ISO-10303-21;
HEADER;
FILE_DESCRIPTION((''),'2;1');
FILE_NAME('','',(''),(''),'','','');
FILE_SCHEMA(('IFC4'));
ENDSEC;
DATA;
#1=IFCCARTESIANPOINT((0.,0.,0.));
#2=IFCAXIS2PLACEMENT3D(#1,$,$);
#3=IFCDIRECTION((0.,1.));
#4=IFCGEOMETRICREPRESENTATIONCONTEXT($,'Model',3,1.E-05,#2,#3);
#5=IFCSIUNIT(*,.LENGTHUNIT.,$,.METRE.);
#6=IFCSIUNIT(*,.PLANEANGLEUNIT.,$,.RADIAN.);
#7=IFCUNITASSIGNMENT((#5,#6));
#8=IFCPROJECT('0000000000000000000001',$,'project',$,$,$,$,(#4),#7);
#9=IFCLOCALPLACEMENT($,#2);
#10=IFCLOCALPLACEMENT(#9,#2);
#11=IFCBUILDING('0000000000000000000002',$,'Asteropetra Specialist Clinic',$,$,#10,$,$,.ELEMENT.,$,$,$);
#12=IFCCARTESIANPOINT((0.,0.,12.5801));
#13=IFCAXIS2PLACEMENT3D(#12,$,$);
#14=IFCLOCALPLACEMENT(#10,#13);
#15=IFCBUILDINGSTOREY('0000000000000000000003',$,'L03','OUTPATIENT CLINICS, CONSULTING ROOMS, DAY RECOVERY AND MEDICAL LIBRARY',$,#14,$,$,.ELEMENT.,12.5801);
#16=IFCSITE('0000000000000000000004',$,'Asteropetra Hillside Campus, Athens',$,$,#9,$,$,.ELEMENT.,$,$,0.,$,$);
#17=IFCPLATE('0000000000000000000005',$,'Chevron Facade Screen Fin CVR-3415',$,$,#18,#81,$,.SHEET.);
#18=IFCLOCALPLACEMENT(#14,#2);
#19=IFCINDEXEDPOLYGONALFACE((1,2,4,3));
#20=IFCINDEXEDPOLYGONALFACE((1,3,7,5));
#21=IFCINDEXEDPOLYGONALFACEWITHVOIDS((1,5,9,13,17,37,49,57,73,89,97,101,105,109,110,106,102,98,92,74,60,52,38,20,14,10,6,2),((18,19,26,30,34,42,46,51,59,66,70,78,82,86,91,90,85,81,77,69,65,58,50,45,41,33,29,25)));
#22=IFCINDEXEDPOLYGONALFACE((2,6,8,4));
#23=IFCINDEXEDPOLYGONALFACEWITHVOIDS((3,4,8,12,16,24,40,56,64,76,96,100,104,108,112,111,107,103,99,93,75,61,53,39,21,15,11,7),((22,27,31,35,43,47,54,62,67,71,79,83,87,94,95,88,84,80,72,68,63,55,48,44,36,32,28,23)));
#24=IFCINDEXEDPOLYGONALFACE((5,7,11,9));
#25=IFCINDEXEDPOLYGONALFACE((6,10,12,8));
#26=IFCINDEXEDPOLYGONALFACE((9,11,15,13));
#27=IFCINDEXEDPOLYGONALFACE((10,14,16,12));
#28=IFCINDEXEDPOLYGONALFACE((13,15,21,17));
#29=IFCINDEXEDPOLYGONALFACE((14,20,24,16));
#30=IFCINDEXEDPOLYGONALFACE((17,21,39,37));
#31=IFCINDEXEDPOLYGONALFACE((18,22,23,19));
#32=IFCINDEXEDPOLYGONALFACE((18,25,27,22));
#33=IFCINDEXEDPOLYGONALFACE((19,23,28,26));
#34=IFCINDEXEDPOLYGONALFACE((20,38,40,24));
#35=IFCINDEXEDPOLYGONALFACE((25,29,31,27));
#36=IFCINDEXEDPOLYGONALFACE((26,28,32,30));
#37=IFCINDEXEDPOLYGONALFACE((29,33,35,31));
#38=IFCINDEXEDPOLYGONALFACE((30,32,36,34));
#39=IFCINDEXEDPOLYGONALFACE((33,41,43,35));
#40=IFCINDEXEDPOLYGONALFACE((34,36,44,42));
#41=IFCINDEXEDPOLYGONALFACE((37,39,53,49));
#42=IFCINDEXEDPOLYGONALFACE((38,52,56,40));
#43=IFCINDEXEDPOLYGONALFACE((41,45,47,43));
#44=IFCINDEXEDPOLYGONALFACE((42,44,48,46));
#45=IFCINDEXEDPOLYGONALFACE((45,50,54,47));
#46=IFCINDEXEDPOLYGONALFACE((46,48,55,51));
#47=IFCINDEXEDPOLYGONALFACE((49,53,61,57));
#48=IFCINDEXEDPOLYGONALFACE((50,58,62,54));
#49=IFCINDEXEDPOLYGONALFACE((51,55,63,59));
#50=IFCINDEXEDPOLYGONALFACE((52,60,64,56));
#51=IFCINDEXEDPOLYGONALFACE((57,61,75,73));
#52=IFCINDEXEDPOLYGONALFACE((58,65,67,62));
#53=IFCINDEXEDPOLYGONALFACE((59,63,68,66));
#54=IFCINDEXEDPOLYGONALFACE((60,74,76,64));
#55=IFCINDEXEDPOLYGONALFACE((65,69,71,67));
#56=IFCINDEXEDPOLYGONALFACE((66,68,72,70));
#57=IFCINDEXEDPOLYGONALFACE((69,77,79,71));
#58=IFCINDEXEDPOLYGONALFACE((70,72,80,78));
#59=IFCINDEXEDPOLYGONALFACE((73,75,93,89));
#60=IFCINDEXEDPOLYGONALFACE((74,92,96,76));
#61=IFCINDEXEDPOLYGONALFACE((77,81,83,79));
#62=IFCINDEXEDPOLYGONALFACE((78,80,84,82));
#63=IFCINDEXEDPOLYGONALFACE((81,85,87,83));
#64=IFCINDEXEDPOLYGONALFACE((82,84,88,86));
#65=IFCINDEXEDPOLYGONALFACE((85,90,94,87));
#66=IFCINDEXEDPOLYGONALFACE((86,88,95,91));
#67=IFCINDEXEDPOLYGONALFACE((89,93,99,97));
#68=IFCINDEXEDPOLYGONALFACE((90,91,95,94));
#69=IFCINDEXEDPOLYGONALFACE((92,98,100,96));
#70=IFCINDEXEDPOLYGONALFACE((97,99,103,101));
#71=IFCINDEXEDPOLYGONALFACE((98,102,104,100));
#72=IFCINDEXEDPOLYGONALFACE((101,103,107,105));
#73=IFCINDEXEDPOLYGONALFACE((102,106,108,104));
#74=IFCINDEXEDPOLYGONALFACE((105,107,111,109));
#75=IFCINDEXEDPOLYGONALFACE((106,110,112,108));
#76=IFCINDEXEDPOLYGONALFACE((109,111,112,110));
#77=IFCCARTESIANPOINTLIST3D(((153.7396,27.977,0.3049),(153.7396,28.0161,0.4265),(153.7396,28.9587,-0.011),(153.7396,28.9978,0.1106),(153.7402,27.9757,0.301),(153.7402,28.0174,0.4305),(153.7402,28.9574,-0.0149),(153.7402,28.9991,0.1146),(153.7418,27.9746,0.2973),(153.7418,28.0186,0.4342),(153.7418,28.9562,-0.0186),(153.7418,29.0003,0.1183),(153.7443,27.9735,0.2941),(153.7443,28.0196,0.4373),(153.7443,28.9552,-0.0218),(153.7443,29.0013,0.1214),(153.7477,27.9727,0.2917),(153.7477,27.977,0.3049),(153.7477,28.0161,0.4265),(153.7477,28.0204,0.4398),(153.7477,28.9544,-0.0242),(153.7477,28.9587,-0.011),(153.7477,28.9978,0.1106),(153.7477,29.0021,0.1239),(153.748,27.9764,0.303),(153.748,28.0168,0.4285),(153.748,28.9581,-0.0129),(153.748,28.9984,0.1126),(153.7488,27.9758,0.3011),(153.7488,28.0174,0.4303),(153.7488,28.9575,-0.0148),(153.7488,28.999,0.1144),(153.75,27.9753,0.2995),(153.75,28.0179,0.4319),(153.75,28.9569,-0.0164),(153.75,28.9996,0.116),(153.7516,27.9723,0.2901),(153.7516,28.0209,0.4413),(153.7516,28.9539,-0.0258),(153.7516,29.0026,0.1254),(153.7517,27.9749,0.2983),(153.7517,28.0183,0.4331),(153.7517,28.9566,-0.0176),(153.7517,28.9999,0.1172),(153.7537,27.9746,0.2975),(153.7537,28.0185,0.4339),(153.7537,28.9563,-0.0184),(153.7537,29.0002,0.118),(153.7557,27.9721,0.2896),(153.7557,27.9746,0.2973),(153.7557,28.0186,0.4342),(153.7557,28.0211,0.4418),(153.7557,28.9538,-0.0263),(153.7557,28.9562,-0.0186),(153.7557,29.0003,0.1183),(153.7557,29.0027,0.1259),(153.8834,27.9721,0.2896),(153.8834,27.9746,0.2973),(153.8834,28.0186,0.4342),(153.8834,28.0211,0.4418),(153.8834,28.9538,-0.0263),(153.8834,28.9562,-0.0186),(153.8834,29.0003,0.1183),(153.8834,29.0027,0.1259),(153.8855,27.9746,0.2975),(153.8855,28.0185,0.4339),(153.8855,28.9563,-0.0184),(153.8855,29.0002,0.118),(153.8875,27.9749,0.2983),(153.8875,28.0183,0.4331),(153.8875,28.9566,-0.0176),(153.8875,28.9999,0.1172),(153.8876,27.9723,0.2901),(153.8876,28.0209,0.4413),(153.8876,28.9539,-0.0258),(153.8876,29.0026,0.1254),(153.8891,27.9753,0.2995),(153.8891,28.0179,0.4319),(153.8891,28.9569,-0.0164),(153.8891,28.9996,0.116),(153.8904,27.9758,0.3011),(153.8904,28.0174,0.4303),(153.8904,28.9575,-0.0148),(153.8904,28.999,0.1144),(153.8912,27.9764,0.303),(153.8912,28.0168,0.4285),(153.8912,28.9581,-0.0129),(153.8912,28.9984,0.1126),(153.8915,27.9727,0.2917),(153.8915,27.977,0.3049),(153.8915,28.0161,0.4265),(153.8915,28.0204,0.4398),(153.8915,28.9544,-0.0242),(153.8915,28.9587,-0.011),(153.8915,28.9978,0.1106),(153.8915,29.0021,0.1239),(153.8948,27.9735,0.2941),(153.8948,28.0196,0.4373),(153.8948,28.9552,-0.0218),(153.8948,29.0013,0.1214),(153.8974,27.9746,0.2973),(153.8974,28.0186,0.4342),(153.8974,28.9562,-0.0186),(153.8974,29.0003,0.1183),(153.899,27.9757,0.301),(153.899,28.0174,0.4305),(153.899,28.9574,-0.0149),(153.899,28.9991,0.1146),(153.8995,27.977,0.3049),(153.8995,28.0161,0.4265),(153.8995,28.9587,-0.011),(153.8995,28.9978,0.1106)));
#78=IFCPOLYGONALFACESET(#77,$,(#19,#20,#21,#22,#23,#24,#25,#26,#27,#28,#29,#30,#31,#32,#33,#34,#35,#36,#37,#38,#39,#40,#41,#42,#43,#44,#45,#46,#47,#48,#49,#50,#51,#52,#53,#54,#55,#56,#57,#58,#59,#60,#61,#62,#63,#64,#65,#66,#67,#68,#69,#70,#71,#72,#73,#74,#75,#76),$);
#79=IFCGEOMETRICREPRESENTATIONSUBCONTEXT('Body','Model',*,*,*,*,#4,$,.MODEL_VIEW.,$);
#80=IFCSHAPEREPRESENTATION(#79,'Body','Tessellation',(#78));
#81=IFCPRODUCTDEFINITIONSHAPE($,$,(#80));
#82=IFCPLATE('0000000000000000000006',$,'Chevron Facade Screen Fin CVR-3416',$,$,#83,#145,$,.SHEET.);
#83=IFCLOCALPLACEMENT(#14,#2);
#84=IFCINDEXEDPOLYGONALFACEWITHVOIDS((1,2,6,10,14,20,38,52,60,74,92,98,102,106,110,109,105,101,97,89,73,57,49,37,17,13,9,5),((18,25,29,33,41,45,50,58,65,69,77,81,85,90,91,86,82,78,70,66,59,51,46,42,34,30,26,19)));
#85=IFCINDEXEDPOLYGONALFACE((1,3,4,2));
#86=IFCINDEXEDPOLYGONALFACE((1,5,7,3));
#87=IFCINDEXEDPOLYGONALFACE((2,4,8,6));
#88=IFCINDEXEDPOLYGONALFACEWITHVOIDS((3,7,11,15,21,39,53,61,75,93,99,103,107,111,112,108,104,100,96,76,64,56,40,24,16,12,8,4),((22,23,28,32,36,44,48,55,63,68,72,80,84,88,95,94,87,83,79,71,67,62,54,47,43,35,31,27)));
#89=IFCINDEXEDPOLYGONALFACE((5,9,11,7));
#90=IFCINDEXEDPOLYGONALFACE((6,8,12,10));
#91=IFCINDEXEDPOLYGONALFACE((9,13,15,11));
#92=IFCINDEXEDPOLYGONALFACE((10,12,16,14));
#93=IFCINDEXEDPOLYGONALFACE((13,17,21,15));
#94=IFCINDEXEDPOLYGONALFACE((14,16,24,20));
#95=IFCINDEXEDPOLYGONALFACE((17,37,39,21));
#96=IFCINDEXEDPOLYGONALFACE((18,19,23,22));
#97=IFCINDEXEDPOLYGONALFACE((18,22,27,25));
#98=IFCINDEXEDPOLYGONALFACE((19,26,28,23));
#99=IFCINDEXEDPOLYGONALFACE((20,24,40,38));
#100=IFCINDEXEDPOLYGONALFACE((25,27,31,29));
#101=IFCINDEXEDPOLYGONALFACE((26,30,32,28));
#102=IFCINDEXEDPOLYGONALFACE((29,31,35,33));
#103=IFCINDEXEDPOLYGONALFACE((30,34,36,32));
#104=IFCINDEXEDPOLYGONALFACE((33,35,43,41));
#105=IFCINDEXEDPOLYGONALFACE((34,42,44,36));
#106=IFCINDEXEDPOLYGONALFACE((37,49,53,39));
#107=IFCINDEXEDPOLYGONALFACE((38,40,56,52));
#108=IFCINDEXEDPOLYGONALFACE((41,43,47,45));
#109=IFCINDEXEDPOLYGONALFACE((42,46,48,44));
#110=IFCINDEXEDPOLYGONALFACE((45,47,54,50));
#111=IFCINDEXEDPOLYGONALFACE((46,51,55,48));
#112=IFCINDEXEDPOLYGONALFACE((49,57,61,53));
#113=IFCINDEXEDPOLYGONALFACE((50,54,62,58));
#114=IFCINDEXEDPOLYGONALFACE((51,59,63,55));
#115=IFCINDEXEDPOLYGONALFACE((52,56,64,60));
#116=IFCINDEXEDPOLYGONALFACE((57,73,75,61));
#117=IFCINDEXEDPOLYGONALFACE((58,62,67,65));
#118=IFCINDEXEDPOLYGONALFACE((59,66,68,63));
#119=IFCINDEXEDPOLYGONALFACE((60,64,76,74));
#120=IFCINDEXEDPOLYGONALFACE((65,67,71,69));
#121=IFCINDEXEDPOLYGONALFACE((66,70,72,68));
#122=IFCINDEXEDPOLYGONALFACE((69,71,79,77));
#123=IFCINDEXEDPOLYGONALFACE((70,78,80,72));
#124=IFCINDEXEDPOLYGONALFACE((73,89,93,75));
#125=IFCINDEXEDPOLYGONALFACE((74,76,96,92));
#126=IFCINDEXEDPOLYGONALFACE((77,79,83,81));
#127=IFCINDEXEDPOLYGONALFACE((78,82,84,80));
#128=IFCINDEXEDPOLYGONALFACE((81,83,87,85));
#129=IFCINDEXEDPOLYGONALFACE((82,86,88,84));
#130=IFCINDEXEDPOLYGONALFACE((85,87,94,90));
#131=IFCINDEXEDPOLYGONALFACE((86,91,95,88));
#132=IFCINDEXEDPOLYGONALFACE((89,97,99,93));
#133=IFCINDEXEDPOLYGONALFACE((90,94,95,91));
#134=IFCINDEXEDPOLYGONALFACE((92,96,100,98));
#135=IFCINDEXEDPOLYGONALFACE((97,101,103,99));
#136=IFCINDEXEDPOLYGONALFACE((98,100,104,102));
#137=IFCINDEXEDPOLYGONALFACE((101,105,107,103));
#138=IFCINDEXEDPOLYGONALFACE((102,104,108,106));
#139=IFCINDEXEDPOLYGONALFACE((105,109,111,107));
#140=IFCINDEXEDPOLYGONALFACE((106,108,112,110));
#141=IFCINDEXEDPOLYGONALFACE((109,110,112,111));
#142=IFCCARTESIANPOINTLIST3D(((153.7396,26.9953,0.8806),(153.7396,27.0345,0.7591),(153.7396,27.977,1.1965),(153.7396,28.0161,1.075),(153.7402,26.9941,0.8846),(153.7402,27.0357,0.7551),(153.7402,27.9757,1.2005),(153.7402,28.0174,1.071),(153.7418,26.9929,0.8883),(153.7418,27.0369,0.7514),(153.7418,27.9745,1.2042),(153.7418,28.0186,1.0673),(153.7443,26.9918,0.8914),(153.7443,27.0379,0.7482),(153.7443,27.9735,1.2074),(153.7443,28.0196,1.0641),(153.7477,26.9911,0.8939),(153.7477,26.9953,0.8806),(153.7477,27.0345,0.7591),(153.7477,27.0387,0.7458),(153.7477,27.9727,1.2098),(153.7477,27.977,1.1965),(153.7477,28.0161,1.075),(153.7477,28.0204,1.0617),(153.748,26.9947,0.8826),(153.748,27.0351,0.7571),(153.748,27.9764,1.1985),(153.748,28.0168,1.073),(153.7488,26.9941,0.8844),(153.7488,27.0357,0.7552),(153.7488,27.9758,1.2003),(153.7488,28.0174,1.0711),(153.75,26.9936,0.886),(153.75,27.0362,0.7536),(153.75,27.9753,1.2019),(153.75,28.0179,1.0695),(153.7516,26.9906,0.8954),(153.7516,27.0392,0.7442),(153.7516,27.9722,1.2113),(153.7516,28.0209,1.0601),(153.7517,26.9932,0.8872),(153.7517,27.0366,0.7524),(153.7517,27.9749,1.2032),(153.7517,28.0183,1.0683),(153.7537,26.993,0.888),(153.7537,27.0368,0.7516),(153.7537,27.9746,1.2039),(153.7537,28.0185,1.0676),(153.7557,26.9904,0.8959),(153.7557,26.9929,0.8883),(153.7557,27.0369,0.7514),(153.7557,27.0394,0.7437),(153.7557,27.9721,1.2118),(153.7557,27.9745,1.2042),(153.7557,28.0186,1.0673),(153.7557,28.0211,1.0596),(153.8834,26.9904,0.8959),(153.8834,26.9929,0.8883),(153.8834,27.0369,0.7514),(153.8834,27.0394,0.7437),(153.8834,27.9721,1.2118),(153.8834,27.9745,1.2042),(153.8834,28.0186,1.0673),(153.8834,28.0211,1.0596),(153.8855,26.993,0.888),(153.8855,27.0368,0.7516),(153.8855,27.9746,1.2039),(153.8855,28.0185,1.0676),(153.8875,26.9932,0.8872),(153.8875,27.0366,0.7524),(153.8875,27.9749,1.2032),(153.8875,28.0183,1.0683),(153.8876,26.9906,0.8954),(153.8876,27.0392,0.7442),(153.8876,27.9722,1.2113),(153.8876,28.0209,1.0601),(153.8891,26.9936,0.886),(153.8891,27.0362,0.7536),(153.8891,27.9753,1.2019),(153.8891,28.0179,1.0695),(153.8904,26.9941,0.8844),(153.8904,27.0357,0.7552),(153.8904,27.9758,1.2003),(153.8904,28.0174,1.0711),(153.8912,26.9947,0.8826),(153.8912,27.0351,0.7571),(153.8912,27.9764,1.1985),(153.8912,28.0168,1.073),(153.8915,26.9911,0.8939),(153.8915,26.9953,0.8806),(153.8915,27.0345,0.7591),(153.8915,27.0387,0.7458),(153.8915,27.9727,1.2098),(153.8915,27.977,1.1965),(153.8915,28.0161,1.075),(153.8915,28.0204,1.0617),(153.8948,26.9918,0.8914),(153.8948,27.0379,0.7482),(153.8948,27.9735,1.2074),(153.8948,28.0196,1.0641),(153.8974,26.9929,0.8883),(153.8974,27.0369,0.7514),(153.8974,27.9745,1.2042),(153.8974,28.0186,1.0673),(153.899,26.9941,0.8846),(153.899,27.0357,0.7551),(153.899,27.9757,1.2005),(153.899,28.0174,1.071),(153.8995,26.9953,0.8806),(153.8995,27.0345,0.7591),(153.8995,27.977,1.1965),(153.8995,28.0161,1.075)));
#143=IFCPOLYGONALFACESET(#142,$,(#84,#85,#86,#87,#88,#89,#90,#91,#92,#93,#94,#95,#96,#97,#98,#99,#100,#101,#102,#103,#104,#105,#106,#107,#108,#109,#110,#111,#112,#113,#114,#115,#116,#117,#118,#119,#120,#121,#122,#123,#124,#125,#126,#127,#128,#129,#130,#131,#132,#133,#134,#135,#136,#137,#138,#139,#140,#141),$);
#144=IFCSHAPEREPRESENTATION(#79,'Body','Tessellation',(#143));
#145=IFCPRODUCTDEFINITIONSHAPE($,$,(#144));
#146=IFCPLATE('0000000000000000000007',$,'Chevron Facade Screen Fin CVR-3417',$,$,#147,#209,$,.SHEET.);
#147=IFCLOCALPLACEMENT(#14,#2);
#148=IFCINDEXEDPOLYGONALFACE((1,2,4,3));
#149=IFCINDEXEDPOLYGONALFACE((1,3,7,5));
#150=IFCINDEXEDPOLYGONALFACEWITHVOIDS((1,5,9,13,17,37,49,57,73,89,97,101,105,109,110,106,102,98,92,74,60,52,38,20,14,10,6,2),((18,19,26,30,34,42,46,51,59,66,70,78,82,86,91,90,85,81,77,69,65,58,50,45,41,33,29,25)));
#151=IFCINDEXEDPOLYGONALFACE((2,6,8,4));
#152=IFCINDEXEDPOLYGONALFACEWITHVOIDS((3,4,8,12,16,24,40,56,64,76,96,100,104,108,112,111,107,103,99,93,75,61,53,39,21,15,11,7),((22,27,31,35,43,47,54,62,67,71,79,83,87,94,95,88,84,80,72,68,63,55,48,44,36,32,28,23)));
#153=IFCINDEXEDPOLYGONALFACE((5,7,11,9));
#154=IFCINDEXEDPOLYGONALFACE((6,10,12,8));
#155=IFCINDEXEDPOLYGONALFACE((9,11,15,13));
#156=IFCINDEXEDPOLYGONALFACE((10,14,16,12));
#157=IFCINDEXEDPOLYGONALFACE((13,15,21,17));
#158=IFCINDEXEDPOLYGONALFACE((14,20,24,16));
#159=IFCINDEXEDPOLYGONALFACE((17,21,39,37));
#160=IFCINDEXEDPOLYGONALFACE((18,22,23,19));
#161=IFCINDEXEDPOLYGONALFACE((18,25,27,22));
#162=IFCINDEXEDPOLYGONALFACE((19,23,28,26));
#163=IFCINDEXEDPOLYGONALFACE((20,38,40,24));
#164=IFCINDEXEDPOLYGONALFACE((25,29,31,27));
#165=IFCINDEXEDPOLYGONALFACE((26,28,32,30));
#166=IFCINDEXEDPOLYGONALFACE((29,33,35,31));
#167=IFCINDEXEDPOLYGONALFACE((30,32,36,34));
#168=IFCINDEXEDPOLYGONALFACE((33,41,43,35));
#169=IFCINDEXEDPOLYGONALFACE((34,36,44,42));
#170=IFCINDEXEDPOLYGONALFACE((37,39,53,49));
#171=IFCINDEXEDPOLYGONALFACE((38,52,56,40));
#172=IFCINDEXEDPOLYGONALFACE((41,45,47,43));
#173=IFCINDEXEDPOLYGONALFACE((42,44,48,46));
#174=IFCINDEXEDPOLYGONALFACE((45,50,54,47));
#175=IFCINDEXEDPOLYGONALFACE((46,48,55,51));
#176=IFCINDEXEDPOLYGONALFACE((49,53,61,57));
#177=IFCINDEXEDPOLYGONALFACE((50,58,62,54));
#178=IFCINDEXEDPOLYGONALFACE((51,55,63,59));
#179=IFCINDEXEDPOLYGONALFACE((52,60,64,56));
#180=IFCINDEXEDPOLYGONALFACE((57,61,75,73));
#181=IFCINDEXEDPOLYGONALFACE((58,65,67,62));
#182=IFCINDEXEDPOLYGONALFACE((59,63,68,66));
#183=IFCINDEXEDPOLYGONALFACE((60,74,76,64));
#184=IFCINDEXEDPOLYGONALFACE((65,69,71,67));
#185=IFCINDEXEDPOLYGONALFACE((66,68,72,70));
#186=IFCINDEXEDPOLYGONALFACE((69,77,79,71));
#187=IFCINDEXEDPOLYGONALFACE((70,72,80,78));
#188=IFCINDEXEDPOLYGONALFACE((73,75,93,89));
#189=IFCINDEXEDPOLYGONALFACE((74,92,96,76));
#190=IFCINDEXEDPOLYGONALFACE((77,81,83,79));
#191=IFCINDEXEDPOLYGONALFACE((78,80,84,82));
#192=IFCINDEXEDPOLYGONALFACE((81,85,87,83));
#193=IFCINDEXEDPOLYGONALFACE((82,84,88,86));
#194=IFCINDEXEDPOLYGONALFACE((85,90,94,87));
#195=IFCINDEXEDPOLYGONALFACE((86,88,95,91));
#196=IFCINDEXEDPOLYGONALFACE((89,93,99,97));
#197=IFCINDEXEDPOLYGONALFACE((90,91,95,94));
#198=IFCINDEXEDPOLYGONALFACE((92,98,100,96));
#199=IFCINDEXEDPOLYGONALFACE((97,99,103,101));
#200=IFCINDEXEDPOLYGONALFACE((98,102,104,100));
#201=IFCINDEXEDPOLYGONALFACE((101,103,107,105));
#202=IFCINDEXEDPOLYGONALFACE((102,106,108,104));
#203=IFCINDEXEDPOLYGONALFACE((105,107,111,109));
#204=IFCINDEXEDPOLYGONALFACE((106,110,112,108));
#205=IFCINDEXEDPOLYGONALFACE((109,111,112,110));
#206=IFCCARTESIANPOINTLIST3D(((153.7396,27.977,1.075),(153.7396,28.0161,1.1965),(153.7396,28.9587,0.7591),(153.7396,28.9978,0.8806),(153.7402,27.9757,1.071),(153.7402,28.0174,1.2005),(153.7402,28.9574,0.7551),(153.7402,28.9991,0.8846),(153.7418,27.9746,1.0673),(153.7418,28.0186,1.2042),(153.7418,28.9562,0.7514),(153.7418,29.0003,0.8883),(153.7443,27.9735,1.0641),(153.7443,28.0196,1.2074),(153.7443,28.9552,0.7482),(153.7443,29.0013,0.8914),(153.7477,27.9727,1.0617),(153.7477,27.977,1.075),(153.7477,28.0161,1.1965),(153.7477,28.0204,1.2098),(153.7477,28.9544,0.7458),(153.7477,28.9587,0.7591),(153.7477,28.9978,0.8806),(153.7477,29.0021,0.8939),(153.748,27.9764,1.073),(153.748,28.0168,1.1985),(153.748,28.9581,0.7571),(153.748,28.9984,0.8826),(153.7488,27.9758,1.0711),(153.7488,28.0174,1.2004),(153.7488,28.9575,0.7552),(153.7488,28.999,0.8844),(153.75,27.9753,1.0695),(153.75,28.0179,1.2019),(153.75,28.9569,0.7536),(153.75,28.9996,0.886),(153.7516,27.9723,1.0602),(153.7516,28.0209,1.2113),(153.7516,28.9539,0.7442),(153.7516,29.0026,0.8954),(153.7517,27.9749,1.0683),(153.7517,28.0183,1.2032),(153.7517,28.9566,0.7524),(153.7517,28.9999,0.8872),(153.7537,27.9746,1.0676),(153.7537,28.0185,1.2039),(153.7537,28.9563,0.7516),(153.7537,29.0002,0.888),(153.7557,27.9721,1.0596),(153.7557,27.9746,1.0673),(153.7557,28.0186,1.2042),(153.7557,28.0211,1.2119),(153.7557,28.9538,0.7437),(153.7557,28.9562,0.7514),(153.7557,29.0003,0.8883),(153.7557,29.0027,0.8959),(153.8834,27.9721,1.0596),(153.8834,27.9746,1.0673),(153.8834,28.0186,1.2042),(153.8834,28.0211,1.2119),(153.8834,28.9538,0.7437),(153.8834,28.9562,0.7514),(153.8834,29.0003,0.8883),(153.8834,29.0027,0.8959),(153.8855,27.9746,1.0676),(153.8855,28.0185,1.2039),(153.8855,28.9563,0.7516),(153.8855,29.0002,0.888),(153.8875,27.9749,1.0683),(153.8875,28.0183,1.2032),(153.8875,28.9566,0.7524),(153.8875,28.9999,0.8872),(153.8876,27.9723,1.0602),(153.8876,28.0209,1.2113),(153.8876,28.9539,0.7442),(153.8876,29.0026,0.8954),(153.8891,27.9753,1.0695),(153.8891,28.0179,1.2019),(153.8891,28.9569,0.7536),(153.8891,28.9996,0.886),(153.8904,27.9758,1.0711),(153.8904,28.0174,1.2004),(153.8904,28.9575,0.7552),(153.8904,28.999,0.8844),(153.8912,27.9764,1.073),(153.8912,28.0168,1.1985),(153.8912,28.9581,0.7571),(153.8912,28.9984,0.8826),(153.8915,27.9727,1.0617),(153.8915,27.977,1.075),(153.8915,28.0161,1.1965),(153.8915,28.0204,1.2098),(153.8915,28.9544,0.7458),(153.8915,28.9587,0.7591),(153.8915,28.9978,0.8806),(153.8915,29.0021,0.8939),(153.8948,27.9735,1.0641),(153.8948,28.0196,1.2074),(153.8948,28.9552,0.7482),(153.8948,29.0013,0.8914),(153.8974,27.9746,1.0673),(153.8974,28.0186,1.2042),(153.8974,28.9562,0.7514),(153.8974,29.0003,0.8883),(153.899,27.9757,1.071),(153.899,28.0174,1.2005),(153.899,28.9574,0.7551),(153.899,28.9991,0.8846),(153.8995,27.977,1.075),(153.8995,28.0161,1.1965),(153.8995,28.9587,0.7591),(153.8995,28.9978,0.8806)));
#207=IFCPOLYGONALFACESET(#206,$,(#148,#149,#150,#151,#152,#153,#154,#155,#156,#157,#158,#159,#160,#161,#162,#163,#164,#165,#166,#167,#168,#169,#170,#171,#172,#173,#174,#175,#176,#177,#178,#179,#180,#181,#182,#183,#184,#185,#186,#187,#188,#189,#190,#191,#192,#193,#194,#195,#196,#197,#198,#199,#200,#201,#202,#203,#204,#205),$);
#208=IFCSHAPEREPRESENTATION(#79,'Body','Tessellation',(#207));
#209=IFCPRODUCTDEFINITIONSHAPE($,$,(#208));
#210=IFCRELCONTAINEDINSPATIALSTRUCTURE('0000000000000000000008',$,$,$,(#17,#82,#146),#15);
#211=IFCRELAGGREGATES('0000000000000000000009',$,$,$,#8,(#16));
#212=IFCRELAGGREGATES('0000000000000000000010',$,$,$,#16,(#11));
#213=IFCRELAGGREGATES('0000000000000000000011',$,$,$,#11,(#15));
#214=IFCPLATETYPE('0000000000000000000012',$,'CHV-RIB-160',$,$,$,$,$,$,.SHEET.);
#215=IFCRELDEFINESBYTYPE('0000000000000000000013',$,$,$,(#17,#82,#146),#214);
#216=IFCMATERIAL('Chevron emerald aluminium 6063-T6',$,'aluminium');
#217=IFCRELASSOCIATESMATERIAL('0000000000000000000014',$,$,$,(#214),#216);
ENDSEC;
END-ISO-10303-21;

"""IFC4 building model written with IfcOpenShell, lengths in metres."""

from ifc_helpers import new_model, si_unit, direction, frame, origin, origin_2d, place, context, subcontext, project, spatial, hollow_rectangle, extrude, material, material_profile, profile_set, type_object, element, save


model = new_model("IFC4")

# Units and contexts
model_context = context("Model", 3, precision=1e-05, world=origin(), true_north=direction((0.0, 1.0)))
body_context = subcontext(model_context, "Body", "Model", "MODEL_VIEW")
ifc_project = project(units=[si_unit("LENGTHUNIT", "METRE"), si_unit("PLANEANGLEUNIT", "RADIAN")], contexts=[model_context])

# Site, building, storey
site_placement = place(None, origin())
site = spatial("IfcSite", under=ifc_project, at=site_placement, Name="Asteropetra Hillside Campus, Athens", CompositionType="ELEMENT", RefElevation=0.0)
building_placement = place(site_placement, origin())
building = spatial("IfcBuilding", under=site, at=building_placement, Name="Asteropetra Specialist Clinic", CompositionType="ELEMENT")
storey_placement = place(building_placement, frame((0.0, 0.0, 12.5801)))
storey = spatial("IfcBuildingStorey", under=building, at=storey_placement, Name="L03", Description="OUTPATIENT CLINICS, CONSULTING ROOMS, DAY RECOVERY AND MEDICAL LIBRARY", CompositionType="ELEMENT", Elevation=12.5801)

# Plates
ifc_material_1 = material(Name="Chevron emerald aluminium 6063-T6", Category="aluminium")
ifc_material_profile_1 = material_profile(ifc_material_1, hollow_rectangle(XDim=0.1599, YDim=0.1599, WallThickness=0.0081, InnerFilletRadius=0.0081, OuterFilletRadius=0.0161, at=origin_2d()), Name="SHS 160x160x8.0")
ifc_profile_set_1 = profile_set([ifc_material_profile_1], Name="Chevron emerald aluminium 6063-T6")
plate_type_1 = type_object("IfcPlateType", Name="CHV-RIB-160", PredefinedType="SHEET", material=ifc_profile_set_1)
for number, where, z_axis, x_axis, name in (
    (1, (153.8196, 27.9966, 0.3657), (0.0, 0.951923, -0.306339), (-1.0, 0.0, 0.0), "Chevron Facade Screen Fin CVR-3415"),
    (2, (153.8196, 27.0149, 0.8198), (0.0, 0.951923, 0.306339), (-1.0, 0.0, 0.0), "Chevron Facade Screen Fin CVR-3416"),
    (3, (153.8196, 27.9966, 1.1357), (0.0, 0.951923, -0.306339), (-1.0, 0.0, 0.0), "Chevron Facade Screen Fin CVR-3417"),
):
    element("IfcPlate", number, at=place(storey_placement, frame(where, z_axis=z_axis, x_axis=x_axis)), inside=storey, type_object=plate_type_1, Name=name, PredefinedType="SHEET", context=body_context, shape_type="SweptSolid", body=[
        extrude(hollow_rectangle(XDim=0.1599, YDim=0.1599, WallThickness=0.0081, InnerFilletRadius=0.0081, OuterFilletRadius=0.0161, at=origin_2d()), origin(), (0.0, 0.0, 1.0), 1.0312),
    ])

save(model, "model.ifc")
